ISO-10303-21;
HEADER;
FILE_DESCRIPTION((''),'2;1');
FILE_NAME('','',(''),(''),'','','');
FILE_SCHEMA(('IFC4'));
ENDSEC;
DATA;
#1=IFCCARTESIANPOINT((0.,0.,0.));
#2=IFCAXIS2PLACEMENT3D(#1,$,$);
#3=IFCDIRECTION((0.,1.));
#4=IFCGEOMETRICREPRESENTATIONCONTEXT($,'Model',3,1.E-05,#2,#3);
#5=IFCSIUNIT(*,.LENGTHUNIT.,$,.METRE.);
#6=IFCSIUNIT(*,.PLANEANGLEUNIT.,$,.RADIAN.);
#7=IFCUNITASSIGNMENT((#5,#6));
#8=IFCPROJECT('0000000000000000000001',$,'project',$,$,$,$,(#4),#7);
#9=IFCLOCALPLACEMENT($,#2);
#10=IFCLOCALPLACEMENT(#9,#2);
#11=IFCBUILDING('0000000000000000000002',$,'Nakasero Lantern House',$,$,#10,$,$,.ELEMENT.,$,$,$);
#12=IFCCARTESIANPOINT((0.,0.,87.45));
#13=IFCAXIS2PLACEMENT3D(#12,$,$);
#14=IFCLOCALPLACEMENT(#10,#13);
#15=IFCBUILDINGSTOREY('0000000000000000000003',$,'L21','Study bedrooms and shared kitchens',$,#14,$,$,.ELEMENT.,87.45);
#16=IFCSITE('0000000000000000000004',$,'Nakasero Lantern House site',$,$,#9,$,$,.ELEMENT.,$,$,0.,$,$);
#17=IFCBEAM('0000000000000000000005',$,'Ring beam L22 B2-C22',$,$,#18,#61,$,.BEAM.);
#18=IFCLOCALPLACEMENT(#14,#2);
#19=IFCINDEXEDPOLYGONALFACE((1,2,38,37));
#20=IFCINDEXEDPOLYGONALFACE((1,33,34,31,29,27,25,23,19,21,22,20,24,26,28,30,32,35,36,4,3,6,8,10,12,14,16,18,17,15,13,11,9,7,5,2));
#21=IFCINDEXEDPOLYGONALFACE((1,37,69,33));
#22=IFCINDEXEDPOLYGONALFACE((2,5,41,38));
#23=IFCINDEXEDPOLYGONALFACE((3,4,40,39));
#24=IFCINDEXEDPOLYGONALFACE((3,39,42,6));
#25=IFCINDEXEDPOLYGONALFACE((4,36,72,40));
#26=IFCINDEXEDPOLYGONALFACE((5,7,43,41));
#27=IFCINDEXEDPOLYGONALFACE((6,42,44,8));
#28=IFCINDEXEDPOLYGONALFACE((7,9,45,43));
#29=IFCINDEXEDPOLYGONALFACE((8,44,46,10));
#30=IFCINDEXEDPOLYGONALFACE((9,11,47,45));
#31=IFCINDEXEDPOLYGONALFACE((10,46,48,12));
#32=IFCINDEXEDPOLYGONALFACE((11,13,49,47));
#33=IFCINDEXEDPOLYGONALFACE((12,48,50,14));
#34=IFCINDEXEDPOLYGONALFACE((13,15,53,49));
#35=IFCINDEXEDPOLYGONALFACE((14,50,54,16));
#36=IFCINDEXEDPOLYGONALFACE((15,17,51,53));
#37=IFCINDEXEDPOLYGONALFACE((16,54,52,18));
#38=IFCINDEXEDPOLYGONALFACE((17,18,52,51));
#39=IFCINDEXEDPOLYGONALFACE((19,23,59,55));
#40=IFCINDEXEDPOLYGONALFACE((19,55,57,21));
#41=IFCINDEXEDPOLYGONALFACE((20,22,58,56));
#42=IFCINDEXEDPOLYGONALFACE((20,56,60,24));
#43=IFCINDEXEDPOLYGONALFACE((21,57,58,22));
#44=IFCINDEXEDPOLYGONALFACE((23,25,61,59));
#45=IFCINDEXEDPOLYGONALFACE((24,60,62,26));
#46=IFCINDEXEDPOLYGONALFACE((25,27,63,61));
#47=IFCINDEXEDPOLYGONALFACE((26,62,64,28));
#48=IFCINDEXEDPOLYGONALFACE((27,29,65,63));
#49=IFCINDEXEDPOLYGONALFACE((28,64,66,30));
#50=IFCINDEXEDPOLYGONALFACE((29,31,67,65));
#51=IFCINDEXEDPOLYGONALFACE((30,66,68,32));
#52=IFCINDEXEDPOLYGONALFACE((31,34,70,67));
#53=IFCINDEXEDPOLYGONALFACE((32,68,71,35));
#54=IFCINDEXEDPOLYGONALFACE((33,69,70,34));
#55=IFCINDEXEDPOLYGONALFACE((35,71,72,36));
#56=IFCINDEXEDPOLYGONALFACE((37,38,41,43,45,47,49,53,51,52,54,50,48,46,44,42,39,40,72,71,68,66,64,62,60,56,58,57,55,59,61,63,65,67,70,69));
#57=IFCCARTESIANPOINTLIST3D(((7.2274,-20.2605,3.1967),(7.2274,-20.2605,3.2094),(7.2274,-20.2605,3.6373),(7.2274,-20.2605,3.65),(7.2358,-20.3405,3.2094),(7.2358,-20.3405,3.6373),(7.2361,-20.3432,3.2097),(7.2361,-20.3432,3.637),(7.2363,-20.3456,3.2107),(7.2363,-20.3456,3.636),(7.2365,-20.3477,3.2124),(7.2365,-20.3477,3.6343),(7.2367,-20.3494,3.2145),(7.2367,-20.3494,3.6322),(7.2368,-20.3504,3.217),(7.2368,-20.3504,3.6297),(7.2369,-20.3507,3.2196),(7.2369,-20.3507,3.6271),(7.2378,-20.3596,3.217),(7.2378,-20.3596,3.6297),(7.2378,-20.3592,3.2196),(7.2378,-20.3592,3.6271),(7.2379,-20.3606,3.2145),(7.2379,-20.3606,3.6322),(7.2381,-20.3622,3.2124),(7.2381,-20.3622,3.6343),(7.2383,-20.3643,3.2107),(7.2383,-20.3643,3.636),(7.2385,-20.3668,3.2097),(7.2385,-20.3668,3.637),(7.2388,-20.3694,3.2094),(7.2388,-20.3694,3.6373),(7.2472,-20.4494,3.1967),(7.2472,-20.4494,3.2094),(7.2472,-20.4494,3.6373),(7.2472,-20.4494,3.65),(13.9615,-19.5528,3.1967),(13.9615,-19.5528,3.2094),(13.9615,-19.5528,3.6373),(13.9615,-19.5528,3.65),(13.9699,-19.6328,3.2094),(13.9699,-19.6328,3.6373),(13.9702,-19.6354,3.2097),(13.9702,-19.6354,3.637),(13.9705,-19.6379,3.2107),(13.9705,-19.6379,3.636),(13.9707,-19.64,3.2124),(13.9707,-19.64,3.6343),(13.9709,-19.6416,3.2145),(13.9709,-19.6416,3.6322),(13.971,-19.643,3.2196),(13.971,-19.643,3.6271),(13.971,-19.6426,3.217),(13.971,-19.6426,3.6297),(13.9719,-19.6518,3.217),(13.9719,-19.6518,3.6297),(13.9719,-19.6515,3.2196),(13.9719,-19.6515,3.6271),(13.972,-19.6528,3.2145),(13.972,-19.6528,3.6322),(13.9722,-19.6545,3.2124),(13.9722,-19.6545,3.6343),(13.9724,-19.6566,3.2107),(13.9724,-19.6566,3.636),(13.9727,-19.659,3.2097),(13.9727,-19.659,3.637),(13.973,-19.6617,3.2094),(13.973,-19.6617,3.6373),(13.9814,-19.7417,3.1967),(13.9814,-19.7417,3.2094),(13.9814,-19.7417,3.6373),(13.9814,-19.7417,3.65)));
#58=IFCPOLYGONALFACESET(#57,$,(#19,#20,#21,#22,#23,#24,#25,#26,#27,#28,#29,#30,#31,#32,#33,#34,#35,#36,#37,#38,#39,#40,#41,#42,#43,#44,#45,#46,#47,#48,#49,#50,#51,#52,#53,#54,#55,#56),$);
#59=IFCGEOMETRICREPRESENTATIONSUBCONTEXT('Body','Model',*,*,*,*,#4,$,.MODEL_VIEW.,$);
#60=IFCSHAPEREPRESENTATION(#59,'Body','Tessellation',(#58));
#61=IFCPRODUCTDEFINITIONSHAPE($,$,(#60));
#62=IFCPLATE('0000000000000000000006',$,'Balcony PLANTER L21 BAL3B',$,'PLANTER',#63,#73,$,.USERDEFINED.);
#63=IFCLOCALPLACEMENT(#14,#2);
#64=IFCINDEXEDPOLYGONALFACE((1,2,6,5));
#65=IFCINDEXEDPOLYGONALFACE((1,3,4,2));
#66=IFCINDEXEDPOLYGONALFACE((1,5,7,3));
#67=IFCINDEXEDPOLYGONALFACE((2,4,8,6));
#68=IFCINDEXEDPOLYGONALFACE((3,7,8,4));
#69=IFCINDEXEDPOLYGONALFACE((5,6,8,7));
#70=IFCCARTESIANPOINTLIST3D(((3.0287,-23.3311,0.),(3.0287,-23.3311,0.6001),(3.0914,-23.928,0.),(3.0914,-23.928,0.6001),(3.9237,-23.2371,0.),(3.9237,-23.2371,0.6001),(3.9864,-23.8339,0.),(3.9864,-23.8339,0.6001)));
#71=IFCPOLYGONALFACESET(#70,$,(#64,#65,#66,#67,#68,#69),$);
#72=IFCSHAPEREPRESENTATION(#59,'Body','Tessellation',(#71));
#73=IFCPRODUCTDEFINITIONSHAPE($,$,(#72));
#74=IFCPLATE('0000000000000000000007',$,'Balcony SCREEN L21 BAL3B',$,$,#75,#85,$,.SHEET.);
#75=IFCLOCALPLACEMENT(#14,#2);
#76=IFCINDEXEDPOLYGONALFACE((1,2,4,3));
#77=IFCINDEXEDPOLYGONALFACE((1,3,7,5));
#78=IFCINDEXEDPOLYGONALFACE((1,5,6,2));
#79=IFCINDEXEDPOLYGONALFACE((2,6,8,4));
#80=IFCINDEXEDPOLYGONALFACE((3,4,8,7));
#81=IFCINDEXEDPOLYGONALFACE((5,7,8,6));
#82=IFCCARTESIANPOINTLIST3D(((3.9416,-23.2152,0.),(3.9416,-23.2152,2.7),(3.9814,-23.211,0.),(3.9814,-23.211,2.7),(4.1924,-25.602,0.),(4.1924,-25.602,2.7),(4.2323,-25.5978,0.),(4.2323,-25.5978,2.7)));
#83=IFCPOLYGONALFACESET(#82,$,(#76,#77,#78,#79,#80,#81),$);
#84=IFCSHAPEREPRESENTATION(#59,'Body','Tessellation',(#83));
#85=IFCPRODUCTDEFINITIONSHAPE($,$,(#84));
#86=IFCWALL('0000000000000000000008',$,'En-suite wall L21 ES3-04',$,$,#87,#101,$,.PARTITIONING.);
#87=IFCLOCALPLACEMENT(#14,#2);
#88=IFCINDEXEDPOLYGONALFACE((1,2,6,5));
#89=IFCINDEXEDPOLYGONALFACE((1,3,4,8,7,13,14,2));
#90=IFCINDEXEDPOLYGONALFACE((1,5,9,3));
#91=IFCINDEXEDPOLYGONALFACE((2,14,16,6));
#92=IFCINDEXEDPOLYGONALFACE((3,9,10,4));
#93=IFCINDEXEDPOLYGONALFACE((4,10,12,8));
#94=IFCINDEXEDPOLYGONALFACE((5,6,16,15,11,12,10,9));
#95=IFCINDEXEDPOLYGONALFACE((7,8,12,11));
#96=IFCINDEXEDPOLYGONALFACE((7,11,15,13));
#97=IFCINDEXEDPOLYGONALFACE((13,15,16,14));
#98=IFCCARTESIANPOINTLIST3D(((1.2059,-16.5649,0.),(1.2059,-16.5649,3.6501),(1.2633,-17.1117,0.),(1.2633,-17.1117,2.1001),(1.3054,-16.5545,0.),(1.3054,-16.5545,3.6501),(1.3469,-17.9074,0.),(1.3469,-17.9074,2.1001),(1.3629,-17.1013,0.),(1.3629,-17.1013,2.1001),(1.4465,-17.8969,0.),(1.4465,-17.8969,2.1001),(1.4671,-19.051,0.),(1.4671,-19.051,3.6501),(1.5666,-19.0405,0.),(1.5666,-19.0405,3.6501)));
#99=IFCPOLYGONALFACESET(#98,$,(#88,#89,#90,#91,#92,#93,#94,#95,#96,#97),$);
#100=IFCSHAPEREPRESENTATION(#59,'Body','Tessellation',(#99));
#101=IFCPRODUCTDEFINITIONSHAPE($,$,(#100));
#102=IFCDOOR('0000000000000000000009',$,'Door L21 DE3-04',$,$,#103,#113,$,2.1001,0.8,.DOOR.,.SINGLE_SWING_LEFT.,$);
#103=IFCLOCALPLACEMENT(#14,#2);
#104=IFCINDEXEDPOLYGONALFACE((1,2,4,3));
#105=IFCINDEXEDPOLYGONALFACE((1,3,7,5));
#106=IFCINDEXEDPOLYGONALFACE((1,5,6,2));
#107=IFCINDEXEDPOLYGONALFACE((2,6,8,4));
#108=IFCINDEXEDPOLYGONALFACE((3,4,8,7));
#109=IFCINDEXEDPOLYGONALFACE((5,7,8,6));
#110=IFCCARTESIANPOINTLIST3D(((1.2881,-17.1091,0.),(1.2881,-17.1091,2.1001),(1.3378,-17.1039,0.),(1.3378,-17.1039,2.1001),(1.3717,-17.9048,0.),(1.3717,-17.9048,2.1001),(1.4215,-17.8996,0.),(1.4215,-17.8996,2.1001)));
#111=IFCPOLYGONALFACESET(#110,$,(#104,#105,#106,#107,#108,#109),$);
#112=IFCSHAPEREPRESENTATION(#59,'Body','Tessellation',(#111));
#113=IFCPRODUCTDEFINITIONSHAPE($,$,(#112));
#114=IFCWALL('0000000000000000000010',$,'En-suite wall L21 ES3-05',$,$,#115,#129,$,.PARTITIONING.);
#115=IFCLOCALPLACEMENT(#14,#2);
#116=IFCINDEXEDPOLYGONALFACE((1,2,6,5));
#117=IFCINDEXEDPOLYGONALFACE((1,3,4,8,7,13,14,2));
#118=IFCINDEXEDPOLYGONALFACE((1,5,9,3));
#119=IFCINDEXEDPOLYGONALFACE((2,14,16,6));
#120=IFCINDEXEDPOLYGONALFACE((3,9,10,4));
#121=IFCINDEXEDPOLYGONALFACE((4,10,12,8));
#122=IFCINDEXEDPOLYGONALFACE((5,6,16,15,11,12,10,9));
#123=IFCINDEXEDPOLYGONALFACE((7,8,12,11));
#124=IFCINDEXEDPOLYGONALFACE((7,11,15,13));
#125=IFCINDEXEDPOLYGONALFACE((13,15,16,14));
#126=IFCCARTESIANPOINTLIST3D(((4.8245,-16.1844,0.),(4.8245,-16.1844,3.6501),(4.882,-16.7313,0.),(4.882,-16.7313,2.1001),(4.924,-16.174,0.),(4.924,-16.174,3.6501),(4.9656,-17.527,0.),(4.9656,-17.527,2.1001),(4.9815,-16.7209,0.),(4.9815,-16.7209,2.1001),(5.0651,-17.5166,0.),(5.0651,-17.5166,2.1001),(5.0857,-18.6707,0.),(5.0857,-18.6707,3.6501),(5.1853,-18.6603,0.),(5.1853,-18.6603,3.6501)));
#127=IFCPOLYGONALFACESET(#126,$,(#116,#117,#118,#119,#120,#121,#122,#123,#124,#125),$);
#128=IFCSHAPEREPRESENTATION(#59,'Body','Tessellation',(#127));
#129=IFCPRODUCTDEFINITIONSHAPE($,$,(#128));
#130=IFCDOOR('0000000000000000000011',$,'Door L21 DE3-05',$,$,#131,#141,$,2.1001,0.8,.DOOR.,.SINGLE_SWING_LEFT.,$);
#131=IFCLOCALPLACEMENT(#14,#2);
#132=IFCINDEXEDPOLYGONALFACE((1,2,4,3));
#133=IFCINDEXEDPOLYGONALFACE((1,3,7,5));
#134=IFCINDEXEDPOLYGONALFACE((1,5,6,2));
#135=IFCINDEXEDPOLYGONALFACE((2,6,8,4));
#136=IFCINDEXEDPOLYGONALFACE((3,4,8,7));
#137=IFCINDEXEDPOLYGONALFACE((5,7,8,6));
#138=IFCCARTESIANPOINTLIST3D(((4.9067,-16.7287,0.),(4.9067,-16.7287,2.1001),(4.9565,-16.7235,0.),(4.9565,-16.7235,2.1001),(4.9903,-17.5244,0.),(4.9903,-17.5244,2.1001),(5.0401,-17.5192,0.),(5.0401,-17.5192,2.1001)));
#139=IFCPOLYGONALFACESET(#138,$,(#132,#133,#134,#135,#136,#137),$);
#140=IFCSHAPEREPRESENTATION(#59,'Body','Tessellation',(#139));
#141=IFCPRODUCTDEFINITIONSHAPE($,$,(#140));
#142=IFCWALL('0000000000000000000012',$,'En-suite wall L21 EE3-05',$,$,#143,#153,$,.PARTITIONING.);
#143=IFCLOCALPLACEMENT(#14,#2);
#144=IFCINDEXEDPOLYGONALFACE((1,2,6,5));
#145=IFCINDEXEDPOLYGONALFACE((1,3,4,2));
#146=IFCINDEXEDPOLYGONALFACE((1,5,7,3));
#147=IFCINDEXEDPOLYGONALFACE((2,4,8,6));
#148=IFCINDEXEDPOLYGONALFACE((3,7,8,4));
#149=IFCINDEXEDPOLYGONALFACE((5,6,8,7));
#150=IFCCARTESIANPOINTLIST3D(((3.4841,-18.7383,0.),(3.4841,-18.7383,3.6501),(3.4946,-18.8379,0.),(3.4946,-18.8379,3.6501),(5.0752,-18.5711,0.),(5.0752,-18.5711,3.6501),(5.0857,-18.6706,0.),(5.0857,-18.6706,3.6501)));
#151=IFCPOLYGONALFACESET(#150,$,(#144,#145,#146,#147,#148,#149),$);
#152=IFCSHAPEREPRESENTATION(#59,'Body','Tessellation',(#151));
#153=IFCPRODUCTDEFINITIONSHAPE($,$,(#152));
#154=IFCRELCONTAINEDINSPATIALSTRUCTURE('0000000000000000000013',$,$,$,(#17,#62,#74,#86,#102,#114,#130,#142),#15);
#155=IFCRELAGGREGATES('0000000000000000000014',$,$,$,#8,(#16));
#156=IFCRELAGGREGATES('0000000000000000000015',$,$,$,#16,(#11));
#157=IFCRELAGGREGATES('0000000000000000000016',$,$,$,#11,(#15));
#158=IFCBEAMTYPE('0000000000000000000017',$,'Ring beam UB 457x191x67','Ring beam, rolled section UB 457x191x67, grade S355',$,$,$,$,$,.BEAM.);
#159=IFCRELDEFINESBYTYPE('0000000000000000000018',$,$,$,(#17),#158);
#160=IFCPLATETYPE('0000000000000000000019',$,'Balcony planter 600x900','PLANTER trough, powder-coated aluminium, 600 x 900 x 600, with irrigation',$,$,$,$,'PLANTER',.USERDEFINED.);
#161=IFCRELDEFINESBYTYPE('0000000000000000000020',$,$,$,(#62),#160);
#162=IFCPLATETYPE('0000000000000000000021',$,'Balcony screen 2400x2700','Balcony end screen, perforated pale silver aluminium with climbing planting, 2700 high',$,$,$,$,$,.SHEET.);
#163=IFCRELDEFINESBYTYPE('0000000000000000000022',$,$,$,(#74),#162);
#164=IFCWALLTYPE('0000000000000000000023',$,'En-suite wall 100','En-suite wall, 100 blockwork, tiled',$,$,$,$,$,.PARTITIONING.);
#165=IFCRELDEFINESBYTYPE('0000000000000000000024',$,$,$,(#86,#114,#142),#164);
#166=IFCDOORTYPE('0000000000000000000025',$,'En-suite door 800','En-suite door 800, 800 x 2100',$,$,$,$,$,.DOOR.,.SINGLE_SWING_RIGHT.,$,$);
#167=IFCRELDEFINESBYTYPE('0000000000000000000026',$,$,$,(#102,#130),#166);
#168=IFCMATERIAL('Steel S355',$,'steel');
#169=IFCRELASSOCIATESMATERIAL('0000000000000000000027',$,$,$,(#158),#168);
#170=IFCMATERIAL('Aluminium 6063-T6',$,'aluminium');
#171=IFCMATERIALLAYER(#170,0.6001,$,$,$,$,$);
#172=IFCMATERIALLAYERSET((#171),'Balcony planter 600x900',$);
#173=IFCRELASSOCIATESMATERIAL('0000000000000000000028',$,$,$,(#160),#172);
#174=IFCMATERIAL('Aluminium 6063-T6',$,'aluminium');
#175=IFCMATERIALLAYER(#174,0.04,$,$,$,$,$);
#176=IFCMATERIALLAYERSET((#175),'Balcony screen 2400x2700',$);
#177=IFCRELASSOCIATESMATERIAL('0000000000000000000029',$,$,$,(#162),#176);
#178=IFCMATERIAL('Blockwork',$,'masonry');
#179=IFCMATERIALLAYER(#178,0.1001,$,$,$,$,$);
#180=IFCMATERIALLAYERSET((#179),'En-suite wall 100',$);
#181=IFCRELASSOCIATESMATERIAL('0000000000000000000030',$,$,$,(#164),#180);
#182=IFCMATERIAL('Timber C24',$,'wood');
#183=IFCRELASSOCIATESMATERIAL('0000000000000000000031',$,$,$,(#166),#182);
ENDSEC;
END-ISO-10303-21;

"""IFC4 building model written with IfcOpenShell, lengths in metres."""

from ifc_helpers import new_model, si_unit, direction, frame, frame_2d, origin, origin_2d, place, context, subcontext, project, spatial, rectangle, i_section, extrude, material, layer, layer_set, material_profile, profile_set, type_object, element, fill, save


model = new_model("IFC4")

# Units and contexts
model_context = context("Model", 3, precision=1e-05, world=origin(), true_north=direction((0.0, 1.0)))
body_context = subcontext(model_context, "Body", "Model", "MODEL_VIEW")
ifc_project = project(units=[si_unit("LENGTHUNIT", "METRE"), si_unit("PLANEANGLEUNIT", "RADIAN")], contexts=[model_context])

# Site, building, storey
site_placement = place(None, origin())
site = spatial("IfcSite", under=ifc_project, at=site_placement, Name="Nakasero Lantern House site", CompositionType="ELEMENT", RefElevation=0.0)
building_placement = place(site_placement, origin())
building = spatial("IfcBuilding", under=site, at=building_placement, Name="Nakasero Lantern House", CompositionType="ELEMENT")
storey_placement = place(building_placement, frame((0.0, 0.0, 87.45)))
storey = spatial("IfcBuildingStorey", under=building, at=storey_placement, Name="L21", Description="Study bedrooms and shared kitchens", CompositionType="ELEMENT", Elevation=87.45)

# Beam
ifc_material_1 = material(Name="Steel S355", Category="steel")
ifc_material_profile_1 = material_profile(ifc_material_1, i_section(OverallWidth=0.1899, OverallDepth=0.4534, WebThickness=0.0085, FlangeThickness=0.0127, FilletRadius=0.0103, at=origin_2d()), Name="UB 457x191x67")
ifc_profile_set_1 = profile_set([ifc_material_profile_1], Name="Steel S355")
beam_type_1 = type_object("IfcBeamType", Name="Ring beam UB 457x191x67", Description="Ring beam, rolled section UB 457x191x67, grade S355", PredefinedType="BEAM", material=ifc_profile_set_1)
beam_1_placement = place(storey_placement, frame((7.2373, -20.355, 3.4233), z_axis=(0.994522, 0.104525, 0.0), x_axis=(-0.104525, 0.994522, 0.0)))
element("IfcBeam", 1, at=beam_1_placement, inside=storey, type_object=beam_type_1, Name="Ring beam L22 B2-C22", PredefinedType="BEAM", context=body_context, shape_type="SweptSolid", body=[
    extrude(i_section(OverallWidth=0.1899, OverallDepth=0.4534, WebThickness=0.0085, FlangeThickness=0.0127, FilletRadius=0.0103, at=origin_2d()), origin(), (0.0, 0.0, 1.0), 6.7712),
])

# Plates
ifc_material_2 = material(Name="Aluminium 6063-T6", Category="aluminium")
ifc_layer_1 = layer(ifc_material_2, 0.6001)
ifc_layer_set_1 = layer_set([ifc_layer_1], Name="Balcony planter 600x900")
plate_type_1 = type_object("IfcPlateType", Name="Balcony planter 600x900", Description="PLANTER trough, powder-coated aluminium, 600 x 900 x 600, with irrigation", ElementType="PLANTER", PredefinedType="USERDEFINED", material=ifc_layer_set_1)
plate_1_placement = place(storey_placement, frame((3.5076, -23.5825, 0.0), z_axis=(0.0, 0.0, 1.0), x_axis=(0.104528, -0.994522, 0.0)))
element("IfcPlate", 2, at=plate_1_placement, inside=storey, type_object=plate_type_1, Name="Balcony PLANTER L21 BAL3B", ObjectType="PLANTER", PredefinedType="USERDEFINED", context=body_context, shape_type="SweptSolid", body=[
    extrude(rectangle(XDim=0.6001, YDim=0.8999, at=origin_2d()), origin(), (0.0, 0.0, 1.0), 0.6001),
])
ifc_material_3 = material(Name="Aluminium 6063-T6", Category="aluminium")
ifc_layer_2 = layer(ifc_material_3, 0.04)
ifc_layer_set_2 = layer_set([ifc_layer_2], Name="Balcony screen 2400x2700")
plate_type_2 = type_object("IfcPlateType", Name="Balcony screen 2400x2700", Description="Balcony end screen, perforated pale silver aluminium with climbing planting, 2700 high", PredefinedType="SHEET", material=ifc_layer_set_2)
plate_2_placement = place(storey_placement, frame((4.0869, -24.4065, 0.0), z_axis=(0.0, 0.0, 1.0), x_axis=(0.104528, -0.994522, 0.0)))
element("IfcPlate", 3, at=plate_2_placement, inside=storey, type_object=plate_type_2, Name="Balcony SCREEN L21 BAL3B", PredefinedType="SHEET", context=body_context, shape_type="SweptSolid", body=[
    extrude(rectangle(XDim=2.3999, YDim=0.04, at=origin_2d()), origin(), (0.0, 0.0, 1.0), 2.7),
])

# Walls, openings, doors
ifc_material_4 = material(Name="Blockwork", Category="masonry")
ifc_layer_3 = layer(ifc_material_4, 0.1001)
ifc_layer_set_3 = layer_set([ifc_layer_3], Name="En-suite wall 100")
wall_type_1 = type_object("IfcWallType", Name="En-suite wall 100", Description="En-suite wall, 100 blockwork, tiled", PredefinedType="PARTITIONING", material=ifc_layer_set_3)
wall_1_placement = place(storey_placement, frame((1.2556, -16.5596, 0.0), z_axis=(0.0, 0.0, 1.0), x_axis=(0.104502, -0.994525, 0.0)))
wall_1 = element("IfcWall", 4, at=wall_1_placement, inside=storey, type_object=wall_type_1, Name="En-suite wall L21 ES3-04", PredefinedType="PARTITIONING", context=body_context, shape_type="SweptSolid", body=[
    extrude(rectangle(XDim=2.4998, YDim=0.1001, at=frame_2d((1.25, 0.0))), origin(), (0.0, 0.0, 1.0), 3.6501),
])
opening_1_placement = place(wall_1_placement, frame((0.55, 0.0, 0.0)))
opening_1 = element("IfcOpeningElement", 5, at=opening_1_placement, cuts=wall_1, PredefinedType="OPENING", context=body_context, shape_type="SweptSolid", body=[
    extrude(rectangle(XDim=0.8, YDim=2.1001, at=frame_2d((0.3999, 1.05))), frame((0.0, 0.0701, 0.0), z_axis=(0.0, -1.0, 0.0), x_axis=(1.0, 0.0, 0.0)), (0.0, 0.0, 1.0), 0.1401),
])
ifc_material_5 = material(Name="Timber C24", Category="wood")
door_type_1 = type_object("IfcDoorType", Name="En-suite door 800", Description="En-suite door 800, 800 x 2100", OperationType="SINGLE_SWING_RIGHT", PredefinedType="DOOR", material=ifc_material_5)
door_1_placement = place(opening_1_placement, origin())
door_1 = element("IfcDoor", 6, at=door_1_placement, inside=storey, type_object=door_type_1, Name="Door L21 DE3-04", OperationType="SINGLE_SWING_LEFT", OverallHeight=2.1001, OverallWidth=0.8, PredefinedType="DOOR", context=body_context, shape_type="SweptSolid", body=[
    extrude(rectangle(XDim=0.8, YDim=2.1001, at=frame_2d((0.3999, 1.05))), frame((0.0, 0.0249, 0.0), z_axis=(0.0, -1.0, 0.0), x_axis=(1.0, 0.0, 0.0)), (0.0, 0.0, 1.0), 0.05),
])
fill(opening_1, door_1)
wall_2_placement = place(storey_placement, frame((4.8743, -16.1792, 0.0), z_axis=(0.0, 0.0, 1.0), x_axis=(0.104492, -0.994526, 0.0)))
wall_2 = element("IfcWall", 7, at=wall_2_placement, inside=storey, type_object=wall_type_1, Name="En-suite wall L21 ES3-05", PredefinedType="PARTITIONING", context=body_context, shape_type="SweptSolid", body=[
    extrude(rectangle(XDim=2.5, YDim=0.1001, at=frame_2d((1.25, 0.0))), origin(), (0.0, 0.0, 1.0), 3.6501),
])
opening_2_placement = place(wall_2_placement, frame((0.55, 0.0, 0.0)))
opening_2 = element("IfcOpeningElement", 8, at=opening_2_placement, cuts=wall_2, PredefinedType="OPENING", context=body_context, shape_type="SweptSolid", body=[
    extrude(rectangle(XDim=0.8, YDim=2.1001, at=frame_2d((0.3999, 1.05))), frame((0.0, 0.0701, 0.0), z_axis=(0.0, -1.0, 0.0), x_axis=(1.0, 0.0, 0.0)), (0.0, 0.0, 1.0), 0.1401),
])
door_2_placement = place(opening_2_placement, origin())
door_2 = element("IfcDoor", 9, at=door_2_placement, inside=storey, type_object=door_type_1, Name="Door L21 DE3-05", OperationType="SINGLE_SWING_LEFT", OverallHeight=2.1001, OverallWidth=0.8, PredefinedType="DOOR", context=body_context, shape_type="SweptSolid", body=[
    extrude(rectangle(XDim=0.8, YDim=2.1001, at=frame_2d((0.3999, 1.05))), frame((0.0, 0.0249, 0.0), z_axis=(0.0, -1.0, 0.0), x_axis=(1.0, 0.0, 0.0)), (0.0, 0.0, 1.0), 0.05),
])
fill(opening_2, door_2)

# Wall
wall_3_placement = place(storey_placement, frame((3.4895, -18.7881, 0.0), z_axis=(0.0, 0.0, 1.0), x_axis=(0.994521, 0.104534, 0.0)))
element("IfcWall", 10, at=wall_3_placement, inside=storey, type_object=wall_type_1, Name="En-suite wall L21 EE3-05", PredefinedType="PARTITIONING", context=body_context, shape_type="SweptSolid", body=[
    extrude(rectangle(XDim=1.5999, YDim=0.1001, at=frame_2d((0.7998, 0.0))), origin(), (0.0, 0.0, 1.0), 3.6501),
])

save(model, "model.ifc")
